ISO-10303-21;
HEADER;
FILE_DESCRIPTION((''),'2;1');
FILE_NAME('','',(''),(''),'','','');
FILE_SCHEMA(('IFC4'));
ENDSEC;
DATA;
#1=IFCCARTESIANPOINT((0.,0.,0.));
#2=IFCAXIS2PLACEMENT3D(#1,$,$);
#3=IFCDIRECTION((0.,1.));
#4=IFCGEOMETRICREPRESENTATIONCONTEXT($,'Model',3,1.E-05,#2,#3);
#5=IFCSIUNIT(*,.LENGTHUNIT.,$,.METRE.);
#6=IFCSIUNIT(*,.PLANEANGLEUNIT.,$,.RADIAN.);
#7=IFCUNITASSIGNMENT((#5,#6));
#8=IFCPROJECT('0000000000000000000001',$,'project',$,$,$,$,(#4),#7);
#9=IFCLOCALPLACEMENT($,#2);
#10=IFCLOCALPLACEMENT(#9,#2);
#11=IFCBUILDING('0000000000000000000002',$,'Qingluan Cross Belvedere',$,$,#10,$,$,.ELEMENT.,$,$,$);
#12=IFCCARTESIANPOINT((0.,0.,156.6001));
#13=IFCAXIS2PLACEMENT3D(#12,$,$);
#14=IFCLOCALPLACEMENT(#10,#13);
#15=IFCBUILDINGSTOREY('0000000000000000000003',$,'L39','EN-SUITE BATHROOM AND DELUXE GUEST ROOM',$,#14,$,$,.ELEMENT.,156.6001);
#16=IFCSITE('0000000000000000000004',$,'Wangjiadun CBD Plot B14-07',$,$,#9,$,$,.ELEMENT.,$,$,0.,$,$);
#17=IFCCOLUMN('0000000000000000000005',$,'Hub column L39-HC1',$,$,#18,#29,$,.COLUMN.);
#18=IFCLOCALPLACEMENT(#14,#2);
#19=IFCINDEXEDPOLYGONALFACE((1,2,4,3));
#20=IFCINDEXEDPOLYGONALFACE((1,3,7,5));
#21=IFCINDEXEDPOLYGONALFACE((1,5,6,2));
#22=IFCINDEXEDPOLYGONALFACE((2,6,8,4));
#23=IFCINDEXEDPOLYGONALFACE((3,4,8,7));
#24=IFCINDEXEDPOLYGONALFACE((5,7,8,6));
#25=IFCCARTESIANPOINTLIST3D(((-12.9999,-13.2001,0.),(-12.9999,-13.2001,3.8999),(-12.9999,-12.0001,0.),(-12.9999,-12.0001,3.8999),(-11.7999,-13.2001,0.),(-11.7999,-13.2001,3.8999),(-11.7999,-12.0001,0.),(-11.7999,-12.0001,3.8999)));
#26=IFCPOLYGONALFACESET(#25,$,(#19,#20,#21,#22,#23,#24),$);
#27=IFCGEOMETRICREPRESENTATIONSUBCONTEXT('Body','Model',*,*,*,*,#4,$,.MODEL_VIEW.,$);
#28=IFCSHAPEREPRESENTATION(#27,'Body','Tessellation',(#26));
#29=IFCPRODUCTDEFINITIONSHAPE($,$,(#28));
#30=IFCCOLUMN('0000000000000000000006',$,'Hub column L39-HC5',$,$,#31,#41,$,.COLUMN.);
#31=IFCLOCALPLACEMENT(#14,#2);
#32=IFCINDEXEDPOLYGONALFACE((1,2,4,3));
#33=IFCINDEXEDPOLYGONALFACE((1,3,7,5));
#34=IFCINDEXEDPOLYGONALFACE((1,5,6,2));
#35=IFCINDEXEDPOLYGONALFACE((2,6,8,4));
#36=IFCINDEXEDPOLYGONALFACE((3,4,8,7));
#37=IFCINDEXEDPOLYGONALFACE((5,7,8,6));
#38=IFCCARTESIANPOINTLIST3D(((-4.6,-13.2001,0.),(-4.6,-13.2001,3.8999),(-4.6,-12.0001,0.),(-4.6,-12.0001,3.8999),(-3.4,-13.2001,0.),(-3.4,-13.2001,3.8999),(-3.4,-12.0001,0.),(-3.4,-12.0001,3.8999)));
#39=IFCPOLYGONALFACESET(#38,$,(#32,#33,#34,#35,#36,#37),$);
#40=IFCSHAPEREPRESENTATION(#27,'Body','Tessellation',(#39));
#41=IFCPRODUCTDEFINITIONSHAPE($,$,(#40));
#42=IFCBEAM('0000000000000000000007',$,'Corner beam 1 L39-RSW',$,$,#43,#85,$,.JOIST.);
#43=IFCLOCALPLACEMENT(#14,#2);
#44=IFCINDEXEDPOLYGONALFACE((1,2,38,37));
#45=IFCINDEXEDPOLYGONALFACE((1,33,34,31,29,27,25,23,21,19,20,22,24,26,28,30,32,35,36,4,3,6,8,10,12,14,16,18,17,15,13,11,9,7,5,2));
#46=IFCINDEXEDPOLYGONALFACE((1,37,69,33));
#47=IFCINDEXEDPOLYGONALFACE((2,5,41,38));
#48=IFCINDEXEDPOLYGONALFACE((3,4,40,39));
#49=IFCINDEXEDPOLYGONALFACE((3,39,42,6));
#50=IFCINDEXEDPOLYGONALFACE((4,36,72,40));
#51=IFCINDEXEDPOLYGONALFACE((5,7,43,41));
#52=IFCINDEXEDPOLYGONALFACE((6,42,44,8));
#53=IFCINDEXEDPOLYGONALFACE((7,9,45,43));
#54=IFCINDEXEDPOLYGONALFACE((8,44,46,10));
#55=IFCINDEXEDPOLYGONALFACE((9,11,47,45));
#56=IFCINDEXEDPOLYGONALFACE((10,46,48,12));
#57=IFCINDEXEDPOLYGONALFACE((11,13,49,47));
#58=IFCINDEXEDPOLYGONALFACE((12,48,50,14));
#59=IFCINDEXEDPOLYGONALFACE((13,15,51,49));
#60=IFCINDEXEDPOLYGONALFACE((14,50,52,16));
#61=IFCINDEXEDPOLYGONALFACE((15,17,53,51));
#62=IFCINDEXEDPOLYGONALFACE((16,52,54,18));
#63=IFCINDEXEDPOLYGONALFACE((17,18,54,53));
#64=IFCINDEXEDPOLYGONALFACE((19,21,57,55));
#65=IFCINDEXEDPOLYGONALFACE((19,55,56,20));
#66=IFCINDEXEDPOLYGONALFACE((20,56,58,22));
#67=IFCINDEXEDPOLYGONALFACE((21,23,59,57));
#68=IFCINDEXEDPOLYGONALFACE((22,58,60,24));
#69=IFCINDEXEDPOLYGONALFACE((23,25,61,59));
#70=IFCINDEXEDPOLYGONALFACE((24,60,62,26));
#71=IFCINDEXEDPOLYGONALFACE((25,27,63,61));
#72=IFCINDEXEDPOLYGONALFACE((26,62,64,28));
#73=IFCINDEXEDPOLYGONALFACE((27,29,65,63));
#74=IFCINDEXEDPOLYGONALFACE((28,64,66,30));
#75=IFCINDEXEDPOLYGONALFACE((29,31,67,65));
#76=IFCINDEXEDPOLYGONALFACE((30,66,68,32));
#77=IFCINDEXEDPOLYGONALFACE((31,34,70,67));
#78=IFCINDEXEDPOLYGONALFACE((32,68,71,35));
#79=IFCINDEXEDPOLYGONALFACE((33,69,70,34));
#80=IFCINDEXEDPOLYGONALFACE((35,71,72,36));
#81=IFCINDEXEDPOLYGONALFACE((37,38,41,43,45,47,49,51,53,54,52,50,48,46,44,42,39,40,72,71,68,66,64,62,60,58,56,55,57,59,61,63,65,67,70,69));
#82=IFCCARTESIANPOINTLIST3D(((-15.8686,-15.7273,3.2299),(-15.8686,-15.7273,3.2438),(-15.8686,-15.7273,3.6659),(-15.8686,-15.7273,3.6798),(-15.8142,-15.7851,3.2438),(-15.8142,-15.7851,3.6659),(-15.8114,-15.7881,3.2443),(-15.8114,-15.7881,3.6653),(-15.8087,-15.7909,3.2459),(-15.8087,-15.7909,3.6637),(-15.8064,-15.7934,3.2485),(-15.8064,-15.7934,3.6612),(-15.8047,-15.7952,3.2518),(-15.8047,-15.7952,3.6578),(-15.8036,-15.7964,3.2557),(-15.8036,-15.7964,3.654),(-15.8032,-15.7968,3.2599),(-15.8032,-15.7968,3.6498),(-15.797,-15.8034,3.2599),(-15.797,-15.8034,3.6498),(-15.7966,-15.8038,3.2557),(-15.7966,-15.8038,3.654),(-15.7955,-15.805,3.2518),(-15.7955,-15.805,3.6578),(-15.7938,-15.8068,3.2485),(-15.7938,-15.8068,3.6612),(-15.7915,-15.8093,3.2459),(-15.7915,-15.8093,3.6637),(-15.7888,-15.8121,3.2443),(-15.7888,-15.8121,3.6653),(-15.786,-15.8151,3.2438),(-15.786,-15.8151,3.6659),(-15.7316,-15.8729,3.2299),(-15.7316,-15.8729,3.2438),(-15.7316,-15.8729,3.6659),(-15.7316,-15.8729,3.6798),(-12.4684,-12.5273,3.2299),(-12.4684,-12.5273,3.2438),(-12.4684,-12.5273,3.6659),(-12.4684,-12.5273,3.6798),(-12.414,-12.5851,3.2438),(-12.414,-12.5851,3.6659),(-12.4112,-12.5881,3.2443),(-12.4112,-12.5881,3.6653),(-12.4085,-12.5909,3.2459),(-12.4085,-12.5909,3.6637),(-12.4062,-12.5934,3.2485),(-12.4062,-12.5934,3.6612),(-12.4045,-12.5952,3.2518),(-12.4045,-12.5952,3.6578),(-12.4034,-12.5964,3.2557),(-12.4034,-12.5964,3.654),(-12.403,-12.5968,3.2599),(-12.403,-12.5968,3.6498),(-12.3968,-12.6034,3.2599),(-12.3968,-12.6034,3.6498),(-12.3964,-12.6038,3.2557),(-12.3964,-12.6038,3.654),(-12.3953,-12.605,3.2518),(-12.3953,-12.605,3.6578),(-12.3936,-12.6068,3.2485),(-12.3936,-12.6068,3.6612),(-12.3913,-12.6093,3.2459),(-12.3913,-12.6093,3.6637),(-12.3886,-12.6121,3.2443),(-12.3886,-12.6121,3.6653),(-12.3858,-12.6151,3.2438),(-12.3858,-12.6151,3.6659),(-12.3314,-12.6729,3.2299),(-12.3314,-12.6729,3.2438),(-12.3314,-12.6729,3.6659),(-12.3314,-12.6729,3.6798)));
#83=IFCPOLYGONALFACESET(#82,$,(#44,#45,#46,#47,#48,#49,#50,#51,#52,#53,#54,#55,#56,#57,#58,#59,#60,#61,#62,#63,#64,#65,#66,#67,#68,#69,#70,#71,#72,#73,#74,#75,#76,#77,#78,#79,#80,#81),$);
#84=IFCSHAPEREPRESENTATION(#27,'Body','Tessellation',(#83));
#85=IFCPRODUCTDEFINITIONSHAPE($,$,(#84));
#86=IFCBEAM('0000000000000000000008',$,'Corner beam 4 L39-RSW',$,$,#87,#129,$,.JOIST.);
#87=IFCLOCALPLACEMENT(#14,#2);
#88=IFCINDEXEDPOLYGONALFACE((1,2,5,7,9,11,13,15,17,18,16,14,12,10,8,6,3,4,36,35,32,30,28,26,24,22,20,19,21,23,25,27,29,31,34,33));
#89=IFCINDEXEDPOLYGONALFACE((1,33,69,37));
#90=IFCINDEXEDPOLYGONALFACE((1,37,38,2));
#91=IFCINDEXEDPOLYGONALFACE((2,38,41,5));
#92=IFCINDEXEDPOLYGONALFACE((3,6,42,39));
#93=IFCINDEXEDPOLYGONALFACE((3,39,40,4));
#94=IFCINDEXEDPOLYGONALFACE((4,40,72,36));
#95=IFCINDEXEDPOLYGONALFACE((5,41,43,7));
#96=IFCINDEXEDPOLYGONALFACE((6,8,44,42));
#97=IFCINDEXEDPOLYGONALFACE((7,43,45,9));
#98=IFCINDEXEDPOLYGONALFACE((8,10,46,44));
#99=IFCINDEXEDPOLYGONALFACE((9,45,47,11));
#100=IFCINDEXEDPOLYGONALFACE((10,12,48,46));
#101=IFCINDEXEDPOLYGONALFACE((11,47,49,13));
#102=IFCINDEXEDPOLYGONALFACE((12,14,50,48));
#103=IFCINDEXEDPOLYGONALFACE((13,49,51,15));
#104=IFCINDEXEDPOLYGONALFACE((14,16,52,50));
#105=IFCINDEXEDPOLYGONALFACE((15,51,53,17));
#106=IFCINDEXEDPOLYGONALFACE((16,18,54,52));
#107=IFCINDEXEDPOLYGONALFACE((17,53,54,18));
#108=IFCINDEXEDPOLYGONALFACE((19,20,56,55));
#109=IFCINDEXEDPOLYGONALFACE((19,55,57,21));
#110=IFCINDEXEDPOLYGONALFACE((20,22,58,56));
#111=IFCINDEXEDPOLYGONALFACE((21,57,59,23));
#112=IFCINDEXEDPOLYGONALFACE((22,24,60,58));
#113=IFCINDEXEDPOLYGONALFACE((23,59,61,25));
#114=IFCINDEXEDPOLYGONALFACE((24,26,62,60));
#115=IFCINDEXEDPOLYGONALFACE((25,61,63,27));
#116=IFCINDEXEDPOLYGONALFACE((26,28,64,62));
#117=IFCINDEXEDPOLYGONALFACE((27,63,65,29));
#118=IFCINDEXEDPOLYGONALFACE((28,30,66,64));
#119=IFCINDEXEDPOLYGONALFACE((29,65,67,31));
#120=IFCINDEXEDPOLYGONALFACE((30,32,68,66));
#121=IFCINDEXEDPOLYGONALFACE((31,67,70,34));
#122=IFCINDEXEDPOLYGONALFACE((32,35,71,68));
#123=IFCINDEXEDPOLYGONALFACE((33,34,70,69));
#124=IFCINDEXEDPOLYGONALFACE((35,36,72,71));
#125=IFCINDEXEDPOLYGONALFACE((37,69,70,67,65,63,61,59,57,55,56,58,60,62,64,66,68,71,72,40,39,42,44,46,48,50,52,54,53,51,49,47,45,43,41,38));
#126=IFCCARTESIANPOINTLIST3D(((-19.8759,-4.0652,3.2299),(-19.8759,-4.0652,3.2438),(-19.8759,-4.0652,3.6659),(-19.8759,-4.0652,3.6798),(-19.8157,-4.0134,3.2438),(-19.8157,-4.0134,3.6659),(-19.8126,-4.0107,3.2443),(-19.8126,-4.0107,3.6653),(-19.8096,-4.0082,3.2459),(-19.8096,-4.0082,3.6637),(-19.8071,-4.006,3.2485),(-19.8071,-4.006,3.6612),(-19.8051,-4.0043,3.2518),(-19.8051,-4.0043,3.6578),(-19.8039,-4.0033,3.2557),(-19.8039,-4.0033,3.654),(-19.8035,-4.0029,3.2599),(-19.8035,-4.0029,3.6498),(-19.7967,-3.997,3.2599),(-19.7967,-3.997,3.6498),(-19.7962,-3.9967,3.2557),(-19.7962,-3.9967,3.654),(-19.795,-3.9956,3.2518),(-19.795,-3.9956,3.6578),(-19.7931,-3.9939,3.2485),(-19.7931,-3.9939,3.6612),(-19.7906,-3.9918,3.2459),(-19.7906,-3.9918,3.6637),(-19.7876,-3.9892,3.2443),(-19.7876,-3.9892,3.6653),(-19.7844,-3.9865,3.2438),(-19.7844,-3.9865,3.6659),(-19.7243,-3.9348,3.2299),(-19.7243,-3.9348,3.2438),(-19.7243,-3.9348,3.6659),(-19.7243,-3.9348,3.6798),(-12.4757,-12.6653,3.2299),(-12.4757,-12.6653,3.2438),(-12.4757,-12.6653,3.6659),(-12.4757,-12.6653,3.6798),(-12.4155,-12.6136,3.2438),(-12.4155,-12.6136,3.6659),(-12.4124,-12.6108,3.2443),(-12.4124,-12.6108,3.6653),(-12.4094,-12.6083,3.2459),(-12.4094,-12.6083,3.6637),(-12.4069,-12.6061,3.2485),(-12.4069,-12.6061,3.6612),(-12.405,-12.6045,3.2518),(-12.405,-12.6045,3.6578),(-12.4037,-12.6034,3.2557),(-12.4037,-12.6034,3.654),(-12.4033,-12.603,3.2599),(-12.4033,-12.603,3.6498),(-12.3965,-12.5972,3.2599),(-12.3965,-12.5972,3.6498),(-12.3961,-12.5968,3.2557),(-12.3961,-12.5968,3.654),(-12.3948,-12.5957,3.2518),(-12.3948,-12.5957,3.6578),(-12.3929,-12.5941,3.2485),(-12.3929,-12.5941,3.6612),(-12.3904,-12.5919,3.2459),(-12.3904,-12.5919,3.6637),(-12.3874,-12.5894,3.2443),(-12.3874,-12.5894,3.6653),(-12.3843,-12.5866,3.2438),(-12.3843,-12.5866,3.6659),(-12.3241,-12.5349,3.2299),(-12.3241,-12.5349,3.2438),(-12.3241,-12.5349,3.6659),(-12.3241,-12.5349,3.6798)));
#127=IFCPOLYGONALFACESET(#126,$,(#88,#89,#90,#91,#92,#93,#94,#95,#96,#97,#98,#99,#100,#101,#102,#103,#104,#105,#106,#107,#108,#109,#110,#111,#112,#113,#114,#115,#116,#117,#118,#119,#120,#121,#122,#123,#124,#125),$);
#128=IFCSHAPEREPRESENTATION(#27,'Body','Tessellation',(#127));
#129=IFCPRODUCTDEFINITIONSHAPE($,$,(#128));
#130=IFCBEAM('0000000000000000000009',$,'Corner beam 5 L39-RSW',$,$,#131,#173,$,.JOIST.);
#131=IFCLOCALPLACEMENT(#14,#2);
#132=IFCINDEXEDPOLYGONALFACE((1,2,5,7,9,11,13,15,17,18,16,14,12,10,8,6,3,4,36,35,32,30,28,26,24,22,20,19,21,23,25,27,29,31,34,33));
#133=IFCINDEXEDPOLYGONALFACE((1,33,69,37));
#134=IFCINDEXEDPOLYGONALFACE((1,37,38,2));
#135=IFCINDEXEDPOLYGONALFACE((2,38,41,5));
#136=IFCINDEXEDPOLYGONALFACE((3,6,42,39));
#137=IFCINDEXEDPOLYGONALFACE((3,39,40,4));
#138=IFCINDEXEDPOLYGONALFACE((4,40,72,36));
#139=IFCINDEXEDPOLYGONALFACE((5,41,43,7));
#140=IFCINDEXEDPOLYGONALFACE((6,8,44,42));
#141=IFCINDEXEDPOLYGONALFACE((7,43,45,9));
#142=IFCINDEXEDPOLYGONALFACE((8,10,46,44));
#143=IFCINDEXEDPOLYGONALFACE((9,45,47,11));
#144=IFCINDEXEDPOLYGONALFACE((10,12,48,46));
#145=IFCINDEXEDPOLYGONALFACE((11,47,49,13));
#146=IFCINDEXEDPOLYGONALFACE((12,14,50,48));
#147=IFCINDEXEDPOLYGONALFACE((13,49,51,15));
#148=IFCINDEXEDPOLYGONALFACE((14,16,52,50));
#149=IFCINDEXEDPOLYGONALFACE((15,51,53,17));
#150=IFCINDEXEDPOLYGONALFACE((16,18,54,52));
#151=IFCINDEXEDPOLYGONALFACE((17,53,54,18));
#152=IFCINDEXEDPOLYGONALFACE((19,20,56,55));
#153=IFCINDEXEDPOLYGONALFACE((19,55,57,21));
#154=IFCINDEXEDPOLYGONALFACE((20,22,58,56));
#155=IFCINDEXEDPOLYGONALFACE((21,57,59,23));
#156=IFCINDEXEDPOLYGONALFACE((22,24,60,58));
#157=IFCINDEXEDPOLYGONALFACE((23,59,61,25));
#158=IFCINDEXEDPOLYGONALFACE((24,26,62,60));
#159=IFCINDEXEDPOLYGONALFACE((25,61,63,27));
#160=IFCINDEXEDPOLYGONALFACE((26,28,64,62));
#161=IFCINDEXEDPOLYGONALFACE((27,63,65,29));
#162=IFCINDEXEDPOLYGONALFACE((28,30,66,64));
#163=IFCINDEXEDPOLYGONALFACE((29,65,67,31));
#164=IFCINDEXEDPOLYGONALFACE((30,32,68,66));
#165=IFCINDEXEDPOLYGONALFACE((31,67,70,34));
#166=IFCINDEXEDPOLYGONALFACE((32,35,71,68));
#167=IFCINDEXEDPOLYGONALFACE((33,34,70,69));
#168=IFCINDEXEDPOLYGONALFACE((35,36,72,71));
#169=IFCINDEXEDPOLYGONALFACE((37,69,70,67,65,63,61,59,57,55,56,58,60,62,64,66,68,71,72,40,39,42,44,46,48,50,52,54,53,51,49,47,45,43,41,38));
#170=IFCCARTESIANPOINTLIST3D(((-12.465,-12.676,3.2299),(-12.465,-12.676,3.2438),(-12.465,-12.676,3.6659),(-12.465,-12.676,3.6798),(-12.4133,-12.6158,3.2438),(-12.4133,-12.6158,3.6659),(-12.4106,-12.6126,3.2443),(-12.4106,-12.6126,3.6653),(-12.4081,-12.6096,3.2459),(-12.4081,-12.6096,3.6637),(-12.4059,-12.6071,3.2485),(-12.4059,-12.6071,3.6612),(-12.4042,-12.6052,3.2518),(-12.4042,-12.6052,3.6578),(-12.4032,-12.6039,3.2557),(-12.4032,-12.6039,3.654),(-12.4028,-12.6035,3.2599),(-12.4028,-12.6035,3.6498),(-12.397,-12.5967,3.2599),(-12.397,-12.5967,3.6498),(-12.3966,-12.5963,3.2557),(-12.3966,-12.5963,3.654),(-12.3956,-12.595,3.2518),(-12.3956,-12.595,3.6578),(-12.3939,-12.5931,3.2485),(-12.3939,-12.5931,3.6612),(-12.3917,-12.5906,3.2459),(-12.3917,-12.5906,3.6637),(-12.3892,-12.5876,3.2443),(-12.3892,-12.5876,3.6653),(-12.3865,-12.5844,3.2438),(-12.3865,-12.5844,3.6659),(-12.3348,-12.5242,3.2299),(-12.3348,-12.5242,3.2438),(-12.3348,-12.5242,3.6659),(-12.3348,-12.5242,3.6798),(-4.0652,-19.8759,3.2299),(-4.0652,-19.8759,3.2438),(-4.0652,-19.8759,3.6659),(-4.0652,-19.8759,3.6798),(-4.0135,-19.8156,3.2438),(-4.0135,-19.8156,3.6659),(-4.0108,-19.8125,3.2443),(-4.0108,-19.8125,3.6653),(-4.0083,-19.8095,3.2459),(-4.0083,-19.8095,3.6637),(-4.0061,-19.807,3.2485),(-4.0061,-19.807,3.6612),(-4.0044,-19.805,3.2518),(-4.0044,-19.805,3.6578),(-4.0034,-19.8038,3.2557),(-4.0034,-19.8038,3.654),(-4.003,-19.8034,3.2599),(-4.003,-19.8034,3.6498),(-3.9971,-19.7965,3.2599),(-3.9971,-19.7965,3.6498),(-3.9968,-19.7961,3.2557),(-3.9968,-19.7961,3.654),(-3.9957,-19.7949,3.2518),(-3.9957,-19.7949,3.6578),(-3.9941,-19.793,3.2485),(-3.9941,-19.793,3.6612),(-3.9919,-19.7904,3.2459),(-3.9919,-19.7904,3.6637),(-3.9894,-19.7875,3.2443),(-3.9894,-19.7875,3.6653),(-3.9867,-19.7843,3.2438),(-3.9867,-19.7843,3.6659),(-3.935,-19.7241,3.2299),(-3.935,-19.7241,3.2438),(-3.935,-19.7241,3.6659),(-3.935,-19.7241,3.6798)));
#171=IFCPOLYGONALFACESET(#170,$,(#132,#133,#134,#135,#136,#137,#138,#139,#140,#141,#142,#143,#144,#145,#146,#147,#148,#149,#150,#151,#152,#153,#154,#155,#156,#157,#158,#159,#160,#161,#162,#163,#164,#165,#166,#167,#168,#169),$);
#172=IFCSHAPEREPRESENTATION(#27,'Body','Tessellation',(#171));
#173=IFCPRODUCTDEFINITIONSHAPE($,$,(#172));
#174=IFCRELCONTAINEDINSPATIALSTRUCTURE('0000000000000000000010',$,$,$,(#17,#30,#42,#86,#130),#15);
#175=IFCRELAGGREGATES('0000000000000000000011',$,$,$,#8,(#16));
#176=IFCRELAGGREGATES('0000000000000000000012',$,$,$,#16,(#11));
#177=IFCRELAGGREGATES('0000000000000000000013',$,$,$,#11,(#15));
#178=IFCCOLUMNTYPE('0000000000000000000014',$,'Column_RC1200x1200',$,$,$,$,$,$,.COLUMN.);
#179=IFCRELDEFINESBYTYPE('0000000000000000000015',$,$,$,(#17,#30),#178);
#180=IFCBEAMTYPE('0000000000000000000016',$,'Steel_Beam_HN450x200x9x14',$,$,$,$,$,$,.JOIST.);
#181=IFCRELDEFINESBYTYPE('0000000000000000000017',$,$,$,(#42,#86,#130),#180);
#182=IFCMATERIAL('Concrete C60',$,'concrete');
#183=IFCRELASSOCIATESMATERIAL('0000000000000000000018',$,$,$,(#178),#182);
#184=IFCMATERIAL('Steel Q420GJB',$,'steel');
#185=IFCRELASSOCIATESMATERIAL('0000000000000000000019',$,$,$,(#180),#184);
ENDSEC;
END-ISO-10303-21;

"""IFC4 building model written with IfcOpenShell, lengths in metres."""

from ifc_helpers import new_model, si_unit, direction, frame, origin, origin_2d, place, context, subcontext, project, spatial, rectangle, i_section, extrude, material, material_profile, profile_set, type_object, element, save


model = new_model("IFC4")

# Units and contexts
model_context = context("Model", 3, precision=1e-05, world=origin(), true_north=direction((0.0, 1.0)))
body_context = subcontext(model_context, "Body", "Model", "MODEL_VIEW")
ifc_project = project(units=[si_unit("LENGTHUNIT", "METRE"), si_unit("PLANEANGLEUNIT", "RADIAN")], contexts=[model_context])

# Site, building, storey
site_placement = place(None, origin())
site = spatial("IfcSite", under=ifc_project, at=site_placement, Name="Wangjiadun CBD Plot B14-07", CompositionType="ELEMENT", RefElevation=0.0)
building_placement = place(site_placement, origin())
building = spatial("IfcBuilding", under=site, at=building_placement, Name="Qingluan Cross Belvedere", CompositionType="ELEMENT")
storey_placement = place(building_placement, frame((0.0, 0.0, 156.6001)))
storey = spatial("IfcBuildingStorey", under=building, at=storey_placement, Name="L39", Description="EN-SUITE BATHROOM AND DELUXE GUEST ROOM", CompositionType="ELEMENT", Elevation=156.6001)

# Columns
ifc_material_1 = material(Name="Concrete C60", Category="concrete")
ifc_material_profile_1 = material_profile(ifc_material_1, rectangle(XDim=1.2, YDim=1.2, at=origin_2d()), Name="RC1200x1200")
ifc_profile_set_1 = profile_set([ifc_material_profile_1], Name="Concrete C60")
column_type = type_object("IfcColumnType", Name="Column_RC1200x1200", PredefinedType="COLUMN", material=ifc_profile_set_1)
for number, where, z_axis, x_axis, name in (
    (1, (-12.3999, -12.6001, 0.0), (0.0, 0.0, 1.0), (1.0, 0.0, 0.0), "Hub column L39-HC1"),
    (2, (-4.0, -12.6001, 0.0), (0.0, 0.0, 1.0), (1.0, 0.0, 0.0), "Hub column L39-HC5"),
):
    element("IfcColumn", number, at=place(storey_placement, frame(where, z_axis=z_axis, x_axis=x_axis)), inside=storey, type_object=column_type, Name=name, PredefinedType="COLUMN", context=body_context, shape_type="SweptSolid", body=[
        extrude(rectangle(XDim=1.2, YDim=1.2, at=origin_2d()), origin(), (0.0, 0.0, 1.0), 3.8999),
    ])

# Beams
ifc_material_2 = material(Name="Steel Q420GJB", Category="steel")
ifc_material_profile_2 = material_profile(ifc_material_2, i_section(OverallWidth=0.2, OverallDepth=0.45, WebThickness=0.009, FlangeThickness=0.0139, FilletRadius=0.0161, at=origin_2d()), Name="HN450x200x9x14")
ifc_profile_set_2 = profile_set([ifc_material_profile_2], Name="Steel Q420GJB")
beam_type_1 = type_object("IfcBeamType", Name="Steel_Beam_HN450x200x9x14", PredefinedType="JOIST", material=ifc_profile_set_2)
beam_1_placement = place(storey_placement, frame((-12.3999, -12.6001, 3.4548), z_axis=(-0.72822, -0.685343, 0.0), x_axis=(0.685343, -0.72822, 0.0)))
element("IfcBeam", 3, at=beam_1_placement, inside=storey, type_object=beam_type_1, Name="Corner beam 1 L39-RSW", PredefinedType="JOIST", context=body_context, shape_type="SweptSolid", body=[
    extrude(i_section(OverallWidth=0.2, OverallDepth=0.45, WebThickness=0.009, FlangeThickness=0.0139, FilletRadius=0.0161, at=origin_2d()), origin(), (0.0, 0.0, 1.0), 4.6692),
])
beam_2_placement = place(storey_placement, frame((-12.3999, -12.6001, 3.4548), z_axis=(-0.652245, 0.758008, 0.0), x_axis=(-0.758008, -0.652245, 0.0)))
element("IfcBeam", 4, at=beam_2_placement, inside=storey, type_object=beam_type_1, Name="Corner beam 4 L39-RSW", PredefinedType="JOIST", context=body_context, shape_type="SweptSolid", body=[
    extrude(i_section(OverallWidth=0.2, OverallDepth=0.45, WebThickness=0.009, FlangeThickness=0.0139, FilletRadius=0.0161, at=origin_2d()), origin(), (0.0, 0.0, 1.0), 11.3457),
])
beam_3_placement = place(storey_placement, frame((-12.3999, -12.6001, 3.4548), z_axis=(0.759255, -0.650793, 0.0), x_axis=(0.650793, 0.759255, 0.0)))
element("IfcBeam", 5, at=beam_3_placement, inside=storey, type_object=beam_type_1, Name="Corner beam 5 L39-RSW", PredefinedType="JOIST", context=body_context, shape_type="SweptSolid", body=[
    extrude(i_section(OverallWidth=0.2, OverallDepth=0.45, WebThickness=0.009, FlangeThickness=0.0139, FilletRadius=0.0161, at=origin_2d()), origin(), (0.0, 0.0, 1.0), 11.0632),
])

save(model, "model.ifc")
